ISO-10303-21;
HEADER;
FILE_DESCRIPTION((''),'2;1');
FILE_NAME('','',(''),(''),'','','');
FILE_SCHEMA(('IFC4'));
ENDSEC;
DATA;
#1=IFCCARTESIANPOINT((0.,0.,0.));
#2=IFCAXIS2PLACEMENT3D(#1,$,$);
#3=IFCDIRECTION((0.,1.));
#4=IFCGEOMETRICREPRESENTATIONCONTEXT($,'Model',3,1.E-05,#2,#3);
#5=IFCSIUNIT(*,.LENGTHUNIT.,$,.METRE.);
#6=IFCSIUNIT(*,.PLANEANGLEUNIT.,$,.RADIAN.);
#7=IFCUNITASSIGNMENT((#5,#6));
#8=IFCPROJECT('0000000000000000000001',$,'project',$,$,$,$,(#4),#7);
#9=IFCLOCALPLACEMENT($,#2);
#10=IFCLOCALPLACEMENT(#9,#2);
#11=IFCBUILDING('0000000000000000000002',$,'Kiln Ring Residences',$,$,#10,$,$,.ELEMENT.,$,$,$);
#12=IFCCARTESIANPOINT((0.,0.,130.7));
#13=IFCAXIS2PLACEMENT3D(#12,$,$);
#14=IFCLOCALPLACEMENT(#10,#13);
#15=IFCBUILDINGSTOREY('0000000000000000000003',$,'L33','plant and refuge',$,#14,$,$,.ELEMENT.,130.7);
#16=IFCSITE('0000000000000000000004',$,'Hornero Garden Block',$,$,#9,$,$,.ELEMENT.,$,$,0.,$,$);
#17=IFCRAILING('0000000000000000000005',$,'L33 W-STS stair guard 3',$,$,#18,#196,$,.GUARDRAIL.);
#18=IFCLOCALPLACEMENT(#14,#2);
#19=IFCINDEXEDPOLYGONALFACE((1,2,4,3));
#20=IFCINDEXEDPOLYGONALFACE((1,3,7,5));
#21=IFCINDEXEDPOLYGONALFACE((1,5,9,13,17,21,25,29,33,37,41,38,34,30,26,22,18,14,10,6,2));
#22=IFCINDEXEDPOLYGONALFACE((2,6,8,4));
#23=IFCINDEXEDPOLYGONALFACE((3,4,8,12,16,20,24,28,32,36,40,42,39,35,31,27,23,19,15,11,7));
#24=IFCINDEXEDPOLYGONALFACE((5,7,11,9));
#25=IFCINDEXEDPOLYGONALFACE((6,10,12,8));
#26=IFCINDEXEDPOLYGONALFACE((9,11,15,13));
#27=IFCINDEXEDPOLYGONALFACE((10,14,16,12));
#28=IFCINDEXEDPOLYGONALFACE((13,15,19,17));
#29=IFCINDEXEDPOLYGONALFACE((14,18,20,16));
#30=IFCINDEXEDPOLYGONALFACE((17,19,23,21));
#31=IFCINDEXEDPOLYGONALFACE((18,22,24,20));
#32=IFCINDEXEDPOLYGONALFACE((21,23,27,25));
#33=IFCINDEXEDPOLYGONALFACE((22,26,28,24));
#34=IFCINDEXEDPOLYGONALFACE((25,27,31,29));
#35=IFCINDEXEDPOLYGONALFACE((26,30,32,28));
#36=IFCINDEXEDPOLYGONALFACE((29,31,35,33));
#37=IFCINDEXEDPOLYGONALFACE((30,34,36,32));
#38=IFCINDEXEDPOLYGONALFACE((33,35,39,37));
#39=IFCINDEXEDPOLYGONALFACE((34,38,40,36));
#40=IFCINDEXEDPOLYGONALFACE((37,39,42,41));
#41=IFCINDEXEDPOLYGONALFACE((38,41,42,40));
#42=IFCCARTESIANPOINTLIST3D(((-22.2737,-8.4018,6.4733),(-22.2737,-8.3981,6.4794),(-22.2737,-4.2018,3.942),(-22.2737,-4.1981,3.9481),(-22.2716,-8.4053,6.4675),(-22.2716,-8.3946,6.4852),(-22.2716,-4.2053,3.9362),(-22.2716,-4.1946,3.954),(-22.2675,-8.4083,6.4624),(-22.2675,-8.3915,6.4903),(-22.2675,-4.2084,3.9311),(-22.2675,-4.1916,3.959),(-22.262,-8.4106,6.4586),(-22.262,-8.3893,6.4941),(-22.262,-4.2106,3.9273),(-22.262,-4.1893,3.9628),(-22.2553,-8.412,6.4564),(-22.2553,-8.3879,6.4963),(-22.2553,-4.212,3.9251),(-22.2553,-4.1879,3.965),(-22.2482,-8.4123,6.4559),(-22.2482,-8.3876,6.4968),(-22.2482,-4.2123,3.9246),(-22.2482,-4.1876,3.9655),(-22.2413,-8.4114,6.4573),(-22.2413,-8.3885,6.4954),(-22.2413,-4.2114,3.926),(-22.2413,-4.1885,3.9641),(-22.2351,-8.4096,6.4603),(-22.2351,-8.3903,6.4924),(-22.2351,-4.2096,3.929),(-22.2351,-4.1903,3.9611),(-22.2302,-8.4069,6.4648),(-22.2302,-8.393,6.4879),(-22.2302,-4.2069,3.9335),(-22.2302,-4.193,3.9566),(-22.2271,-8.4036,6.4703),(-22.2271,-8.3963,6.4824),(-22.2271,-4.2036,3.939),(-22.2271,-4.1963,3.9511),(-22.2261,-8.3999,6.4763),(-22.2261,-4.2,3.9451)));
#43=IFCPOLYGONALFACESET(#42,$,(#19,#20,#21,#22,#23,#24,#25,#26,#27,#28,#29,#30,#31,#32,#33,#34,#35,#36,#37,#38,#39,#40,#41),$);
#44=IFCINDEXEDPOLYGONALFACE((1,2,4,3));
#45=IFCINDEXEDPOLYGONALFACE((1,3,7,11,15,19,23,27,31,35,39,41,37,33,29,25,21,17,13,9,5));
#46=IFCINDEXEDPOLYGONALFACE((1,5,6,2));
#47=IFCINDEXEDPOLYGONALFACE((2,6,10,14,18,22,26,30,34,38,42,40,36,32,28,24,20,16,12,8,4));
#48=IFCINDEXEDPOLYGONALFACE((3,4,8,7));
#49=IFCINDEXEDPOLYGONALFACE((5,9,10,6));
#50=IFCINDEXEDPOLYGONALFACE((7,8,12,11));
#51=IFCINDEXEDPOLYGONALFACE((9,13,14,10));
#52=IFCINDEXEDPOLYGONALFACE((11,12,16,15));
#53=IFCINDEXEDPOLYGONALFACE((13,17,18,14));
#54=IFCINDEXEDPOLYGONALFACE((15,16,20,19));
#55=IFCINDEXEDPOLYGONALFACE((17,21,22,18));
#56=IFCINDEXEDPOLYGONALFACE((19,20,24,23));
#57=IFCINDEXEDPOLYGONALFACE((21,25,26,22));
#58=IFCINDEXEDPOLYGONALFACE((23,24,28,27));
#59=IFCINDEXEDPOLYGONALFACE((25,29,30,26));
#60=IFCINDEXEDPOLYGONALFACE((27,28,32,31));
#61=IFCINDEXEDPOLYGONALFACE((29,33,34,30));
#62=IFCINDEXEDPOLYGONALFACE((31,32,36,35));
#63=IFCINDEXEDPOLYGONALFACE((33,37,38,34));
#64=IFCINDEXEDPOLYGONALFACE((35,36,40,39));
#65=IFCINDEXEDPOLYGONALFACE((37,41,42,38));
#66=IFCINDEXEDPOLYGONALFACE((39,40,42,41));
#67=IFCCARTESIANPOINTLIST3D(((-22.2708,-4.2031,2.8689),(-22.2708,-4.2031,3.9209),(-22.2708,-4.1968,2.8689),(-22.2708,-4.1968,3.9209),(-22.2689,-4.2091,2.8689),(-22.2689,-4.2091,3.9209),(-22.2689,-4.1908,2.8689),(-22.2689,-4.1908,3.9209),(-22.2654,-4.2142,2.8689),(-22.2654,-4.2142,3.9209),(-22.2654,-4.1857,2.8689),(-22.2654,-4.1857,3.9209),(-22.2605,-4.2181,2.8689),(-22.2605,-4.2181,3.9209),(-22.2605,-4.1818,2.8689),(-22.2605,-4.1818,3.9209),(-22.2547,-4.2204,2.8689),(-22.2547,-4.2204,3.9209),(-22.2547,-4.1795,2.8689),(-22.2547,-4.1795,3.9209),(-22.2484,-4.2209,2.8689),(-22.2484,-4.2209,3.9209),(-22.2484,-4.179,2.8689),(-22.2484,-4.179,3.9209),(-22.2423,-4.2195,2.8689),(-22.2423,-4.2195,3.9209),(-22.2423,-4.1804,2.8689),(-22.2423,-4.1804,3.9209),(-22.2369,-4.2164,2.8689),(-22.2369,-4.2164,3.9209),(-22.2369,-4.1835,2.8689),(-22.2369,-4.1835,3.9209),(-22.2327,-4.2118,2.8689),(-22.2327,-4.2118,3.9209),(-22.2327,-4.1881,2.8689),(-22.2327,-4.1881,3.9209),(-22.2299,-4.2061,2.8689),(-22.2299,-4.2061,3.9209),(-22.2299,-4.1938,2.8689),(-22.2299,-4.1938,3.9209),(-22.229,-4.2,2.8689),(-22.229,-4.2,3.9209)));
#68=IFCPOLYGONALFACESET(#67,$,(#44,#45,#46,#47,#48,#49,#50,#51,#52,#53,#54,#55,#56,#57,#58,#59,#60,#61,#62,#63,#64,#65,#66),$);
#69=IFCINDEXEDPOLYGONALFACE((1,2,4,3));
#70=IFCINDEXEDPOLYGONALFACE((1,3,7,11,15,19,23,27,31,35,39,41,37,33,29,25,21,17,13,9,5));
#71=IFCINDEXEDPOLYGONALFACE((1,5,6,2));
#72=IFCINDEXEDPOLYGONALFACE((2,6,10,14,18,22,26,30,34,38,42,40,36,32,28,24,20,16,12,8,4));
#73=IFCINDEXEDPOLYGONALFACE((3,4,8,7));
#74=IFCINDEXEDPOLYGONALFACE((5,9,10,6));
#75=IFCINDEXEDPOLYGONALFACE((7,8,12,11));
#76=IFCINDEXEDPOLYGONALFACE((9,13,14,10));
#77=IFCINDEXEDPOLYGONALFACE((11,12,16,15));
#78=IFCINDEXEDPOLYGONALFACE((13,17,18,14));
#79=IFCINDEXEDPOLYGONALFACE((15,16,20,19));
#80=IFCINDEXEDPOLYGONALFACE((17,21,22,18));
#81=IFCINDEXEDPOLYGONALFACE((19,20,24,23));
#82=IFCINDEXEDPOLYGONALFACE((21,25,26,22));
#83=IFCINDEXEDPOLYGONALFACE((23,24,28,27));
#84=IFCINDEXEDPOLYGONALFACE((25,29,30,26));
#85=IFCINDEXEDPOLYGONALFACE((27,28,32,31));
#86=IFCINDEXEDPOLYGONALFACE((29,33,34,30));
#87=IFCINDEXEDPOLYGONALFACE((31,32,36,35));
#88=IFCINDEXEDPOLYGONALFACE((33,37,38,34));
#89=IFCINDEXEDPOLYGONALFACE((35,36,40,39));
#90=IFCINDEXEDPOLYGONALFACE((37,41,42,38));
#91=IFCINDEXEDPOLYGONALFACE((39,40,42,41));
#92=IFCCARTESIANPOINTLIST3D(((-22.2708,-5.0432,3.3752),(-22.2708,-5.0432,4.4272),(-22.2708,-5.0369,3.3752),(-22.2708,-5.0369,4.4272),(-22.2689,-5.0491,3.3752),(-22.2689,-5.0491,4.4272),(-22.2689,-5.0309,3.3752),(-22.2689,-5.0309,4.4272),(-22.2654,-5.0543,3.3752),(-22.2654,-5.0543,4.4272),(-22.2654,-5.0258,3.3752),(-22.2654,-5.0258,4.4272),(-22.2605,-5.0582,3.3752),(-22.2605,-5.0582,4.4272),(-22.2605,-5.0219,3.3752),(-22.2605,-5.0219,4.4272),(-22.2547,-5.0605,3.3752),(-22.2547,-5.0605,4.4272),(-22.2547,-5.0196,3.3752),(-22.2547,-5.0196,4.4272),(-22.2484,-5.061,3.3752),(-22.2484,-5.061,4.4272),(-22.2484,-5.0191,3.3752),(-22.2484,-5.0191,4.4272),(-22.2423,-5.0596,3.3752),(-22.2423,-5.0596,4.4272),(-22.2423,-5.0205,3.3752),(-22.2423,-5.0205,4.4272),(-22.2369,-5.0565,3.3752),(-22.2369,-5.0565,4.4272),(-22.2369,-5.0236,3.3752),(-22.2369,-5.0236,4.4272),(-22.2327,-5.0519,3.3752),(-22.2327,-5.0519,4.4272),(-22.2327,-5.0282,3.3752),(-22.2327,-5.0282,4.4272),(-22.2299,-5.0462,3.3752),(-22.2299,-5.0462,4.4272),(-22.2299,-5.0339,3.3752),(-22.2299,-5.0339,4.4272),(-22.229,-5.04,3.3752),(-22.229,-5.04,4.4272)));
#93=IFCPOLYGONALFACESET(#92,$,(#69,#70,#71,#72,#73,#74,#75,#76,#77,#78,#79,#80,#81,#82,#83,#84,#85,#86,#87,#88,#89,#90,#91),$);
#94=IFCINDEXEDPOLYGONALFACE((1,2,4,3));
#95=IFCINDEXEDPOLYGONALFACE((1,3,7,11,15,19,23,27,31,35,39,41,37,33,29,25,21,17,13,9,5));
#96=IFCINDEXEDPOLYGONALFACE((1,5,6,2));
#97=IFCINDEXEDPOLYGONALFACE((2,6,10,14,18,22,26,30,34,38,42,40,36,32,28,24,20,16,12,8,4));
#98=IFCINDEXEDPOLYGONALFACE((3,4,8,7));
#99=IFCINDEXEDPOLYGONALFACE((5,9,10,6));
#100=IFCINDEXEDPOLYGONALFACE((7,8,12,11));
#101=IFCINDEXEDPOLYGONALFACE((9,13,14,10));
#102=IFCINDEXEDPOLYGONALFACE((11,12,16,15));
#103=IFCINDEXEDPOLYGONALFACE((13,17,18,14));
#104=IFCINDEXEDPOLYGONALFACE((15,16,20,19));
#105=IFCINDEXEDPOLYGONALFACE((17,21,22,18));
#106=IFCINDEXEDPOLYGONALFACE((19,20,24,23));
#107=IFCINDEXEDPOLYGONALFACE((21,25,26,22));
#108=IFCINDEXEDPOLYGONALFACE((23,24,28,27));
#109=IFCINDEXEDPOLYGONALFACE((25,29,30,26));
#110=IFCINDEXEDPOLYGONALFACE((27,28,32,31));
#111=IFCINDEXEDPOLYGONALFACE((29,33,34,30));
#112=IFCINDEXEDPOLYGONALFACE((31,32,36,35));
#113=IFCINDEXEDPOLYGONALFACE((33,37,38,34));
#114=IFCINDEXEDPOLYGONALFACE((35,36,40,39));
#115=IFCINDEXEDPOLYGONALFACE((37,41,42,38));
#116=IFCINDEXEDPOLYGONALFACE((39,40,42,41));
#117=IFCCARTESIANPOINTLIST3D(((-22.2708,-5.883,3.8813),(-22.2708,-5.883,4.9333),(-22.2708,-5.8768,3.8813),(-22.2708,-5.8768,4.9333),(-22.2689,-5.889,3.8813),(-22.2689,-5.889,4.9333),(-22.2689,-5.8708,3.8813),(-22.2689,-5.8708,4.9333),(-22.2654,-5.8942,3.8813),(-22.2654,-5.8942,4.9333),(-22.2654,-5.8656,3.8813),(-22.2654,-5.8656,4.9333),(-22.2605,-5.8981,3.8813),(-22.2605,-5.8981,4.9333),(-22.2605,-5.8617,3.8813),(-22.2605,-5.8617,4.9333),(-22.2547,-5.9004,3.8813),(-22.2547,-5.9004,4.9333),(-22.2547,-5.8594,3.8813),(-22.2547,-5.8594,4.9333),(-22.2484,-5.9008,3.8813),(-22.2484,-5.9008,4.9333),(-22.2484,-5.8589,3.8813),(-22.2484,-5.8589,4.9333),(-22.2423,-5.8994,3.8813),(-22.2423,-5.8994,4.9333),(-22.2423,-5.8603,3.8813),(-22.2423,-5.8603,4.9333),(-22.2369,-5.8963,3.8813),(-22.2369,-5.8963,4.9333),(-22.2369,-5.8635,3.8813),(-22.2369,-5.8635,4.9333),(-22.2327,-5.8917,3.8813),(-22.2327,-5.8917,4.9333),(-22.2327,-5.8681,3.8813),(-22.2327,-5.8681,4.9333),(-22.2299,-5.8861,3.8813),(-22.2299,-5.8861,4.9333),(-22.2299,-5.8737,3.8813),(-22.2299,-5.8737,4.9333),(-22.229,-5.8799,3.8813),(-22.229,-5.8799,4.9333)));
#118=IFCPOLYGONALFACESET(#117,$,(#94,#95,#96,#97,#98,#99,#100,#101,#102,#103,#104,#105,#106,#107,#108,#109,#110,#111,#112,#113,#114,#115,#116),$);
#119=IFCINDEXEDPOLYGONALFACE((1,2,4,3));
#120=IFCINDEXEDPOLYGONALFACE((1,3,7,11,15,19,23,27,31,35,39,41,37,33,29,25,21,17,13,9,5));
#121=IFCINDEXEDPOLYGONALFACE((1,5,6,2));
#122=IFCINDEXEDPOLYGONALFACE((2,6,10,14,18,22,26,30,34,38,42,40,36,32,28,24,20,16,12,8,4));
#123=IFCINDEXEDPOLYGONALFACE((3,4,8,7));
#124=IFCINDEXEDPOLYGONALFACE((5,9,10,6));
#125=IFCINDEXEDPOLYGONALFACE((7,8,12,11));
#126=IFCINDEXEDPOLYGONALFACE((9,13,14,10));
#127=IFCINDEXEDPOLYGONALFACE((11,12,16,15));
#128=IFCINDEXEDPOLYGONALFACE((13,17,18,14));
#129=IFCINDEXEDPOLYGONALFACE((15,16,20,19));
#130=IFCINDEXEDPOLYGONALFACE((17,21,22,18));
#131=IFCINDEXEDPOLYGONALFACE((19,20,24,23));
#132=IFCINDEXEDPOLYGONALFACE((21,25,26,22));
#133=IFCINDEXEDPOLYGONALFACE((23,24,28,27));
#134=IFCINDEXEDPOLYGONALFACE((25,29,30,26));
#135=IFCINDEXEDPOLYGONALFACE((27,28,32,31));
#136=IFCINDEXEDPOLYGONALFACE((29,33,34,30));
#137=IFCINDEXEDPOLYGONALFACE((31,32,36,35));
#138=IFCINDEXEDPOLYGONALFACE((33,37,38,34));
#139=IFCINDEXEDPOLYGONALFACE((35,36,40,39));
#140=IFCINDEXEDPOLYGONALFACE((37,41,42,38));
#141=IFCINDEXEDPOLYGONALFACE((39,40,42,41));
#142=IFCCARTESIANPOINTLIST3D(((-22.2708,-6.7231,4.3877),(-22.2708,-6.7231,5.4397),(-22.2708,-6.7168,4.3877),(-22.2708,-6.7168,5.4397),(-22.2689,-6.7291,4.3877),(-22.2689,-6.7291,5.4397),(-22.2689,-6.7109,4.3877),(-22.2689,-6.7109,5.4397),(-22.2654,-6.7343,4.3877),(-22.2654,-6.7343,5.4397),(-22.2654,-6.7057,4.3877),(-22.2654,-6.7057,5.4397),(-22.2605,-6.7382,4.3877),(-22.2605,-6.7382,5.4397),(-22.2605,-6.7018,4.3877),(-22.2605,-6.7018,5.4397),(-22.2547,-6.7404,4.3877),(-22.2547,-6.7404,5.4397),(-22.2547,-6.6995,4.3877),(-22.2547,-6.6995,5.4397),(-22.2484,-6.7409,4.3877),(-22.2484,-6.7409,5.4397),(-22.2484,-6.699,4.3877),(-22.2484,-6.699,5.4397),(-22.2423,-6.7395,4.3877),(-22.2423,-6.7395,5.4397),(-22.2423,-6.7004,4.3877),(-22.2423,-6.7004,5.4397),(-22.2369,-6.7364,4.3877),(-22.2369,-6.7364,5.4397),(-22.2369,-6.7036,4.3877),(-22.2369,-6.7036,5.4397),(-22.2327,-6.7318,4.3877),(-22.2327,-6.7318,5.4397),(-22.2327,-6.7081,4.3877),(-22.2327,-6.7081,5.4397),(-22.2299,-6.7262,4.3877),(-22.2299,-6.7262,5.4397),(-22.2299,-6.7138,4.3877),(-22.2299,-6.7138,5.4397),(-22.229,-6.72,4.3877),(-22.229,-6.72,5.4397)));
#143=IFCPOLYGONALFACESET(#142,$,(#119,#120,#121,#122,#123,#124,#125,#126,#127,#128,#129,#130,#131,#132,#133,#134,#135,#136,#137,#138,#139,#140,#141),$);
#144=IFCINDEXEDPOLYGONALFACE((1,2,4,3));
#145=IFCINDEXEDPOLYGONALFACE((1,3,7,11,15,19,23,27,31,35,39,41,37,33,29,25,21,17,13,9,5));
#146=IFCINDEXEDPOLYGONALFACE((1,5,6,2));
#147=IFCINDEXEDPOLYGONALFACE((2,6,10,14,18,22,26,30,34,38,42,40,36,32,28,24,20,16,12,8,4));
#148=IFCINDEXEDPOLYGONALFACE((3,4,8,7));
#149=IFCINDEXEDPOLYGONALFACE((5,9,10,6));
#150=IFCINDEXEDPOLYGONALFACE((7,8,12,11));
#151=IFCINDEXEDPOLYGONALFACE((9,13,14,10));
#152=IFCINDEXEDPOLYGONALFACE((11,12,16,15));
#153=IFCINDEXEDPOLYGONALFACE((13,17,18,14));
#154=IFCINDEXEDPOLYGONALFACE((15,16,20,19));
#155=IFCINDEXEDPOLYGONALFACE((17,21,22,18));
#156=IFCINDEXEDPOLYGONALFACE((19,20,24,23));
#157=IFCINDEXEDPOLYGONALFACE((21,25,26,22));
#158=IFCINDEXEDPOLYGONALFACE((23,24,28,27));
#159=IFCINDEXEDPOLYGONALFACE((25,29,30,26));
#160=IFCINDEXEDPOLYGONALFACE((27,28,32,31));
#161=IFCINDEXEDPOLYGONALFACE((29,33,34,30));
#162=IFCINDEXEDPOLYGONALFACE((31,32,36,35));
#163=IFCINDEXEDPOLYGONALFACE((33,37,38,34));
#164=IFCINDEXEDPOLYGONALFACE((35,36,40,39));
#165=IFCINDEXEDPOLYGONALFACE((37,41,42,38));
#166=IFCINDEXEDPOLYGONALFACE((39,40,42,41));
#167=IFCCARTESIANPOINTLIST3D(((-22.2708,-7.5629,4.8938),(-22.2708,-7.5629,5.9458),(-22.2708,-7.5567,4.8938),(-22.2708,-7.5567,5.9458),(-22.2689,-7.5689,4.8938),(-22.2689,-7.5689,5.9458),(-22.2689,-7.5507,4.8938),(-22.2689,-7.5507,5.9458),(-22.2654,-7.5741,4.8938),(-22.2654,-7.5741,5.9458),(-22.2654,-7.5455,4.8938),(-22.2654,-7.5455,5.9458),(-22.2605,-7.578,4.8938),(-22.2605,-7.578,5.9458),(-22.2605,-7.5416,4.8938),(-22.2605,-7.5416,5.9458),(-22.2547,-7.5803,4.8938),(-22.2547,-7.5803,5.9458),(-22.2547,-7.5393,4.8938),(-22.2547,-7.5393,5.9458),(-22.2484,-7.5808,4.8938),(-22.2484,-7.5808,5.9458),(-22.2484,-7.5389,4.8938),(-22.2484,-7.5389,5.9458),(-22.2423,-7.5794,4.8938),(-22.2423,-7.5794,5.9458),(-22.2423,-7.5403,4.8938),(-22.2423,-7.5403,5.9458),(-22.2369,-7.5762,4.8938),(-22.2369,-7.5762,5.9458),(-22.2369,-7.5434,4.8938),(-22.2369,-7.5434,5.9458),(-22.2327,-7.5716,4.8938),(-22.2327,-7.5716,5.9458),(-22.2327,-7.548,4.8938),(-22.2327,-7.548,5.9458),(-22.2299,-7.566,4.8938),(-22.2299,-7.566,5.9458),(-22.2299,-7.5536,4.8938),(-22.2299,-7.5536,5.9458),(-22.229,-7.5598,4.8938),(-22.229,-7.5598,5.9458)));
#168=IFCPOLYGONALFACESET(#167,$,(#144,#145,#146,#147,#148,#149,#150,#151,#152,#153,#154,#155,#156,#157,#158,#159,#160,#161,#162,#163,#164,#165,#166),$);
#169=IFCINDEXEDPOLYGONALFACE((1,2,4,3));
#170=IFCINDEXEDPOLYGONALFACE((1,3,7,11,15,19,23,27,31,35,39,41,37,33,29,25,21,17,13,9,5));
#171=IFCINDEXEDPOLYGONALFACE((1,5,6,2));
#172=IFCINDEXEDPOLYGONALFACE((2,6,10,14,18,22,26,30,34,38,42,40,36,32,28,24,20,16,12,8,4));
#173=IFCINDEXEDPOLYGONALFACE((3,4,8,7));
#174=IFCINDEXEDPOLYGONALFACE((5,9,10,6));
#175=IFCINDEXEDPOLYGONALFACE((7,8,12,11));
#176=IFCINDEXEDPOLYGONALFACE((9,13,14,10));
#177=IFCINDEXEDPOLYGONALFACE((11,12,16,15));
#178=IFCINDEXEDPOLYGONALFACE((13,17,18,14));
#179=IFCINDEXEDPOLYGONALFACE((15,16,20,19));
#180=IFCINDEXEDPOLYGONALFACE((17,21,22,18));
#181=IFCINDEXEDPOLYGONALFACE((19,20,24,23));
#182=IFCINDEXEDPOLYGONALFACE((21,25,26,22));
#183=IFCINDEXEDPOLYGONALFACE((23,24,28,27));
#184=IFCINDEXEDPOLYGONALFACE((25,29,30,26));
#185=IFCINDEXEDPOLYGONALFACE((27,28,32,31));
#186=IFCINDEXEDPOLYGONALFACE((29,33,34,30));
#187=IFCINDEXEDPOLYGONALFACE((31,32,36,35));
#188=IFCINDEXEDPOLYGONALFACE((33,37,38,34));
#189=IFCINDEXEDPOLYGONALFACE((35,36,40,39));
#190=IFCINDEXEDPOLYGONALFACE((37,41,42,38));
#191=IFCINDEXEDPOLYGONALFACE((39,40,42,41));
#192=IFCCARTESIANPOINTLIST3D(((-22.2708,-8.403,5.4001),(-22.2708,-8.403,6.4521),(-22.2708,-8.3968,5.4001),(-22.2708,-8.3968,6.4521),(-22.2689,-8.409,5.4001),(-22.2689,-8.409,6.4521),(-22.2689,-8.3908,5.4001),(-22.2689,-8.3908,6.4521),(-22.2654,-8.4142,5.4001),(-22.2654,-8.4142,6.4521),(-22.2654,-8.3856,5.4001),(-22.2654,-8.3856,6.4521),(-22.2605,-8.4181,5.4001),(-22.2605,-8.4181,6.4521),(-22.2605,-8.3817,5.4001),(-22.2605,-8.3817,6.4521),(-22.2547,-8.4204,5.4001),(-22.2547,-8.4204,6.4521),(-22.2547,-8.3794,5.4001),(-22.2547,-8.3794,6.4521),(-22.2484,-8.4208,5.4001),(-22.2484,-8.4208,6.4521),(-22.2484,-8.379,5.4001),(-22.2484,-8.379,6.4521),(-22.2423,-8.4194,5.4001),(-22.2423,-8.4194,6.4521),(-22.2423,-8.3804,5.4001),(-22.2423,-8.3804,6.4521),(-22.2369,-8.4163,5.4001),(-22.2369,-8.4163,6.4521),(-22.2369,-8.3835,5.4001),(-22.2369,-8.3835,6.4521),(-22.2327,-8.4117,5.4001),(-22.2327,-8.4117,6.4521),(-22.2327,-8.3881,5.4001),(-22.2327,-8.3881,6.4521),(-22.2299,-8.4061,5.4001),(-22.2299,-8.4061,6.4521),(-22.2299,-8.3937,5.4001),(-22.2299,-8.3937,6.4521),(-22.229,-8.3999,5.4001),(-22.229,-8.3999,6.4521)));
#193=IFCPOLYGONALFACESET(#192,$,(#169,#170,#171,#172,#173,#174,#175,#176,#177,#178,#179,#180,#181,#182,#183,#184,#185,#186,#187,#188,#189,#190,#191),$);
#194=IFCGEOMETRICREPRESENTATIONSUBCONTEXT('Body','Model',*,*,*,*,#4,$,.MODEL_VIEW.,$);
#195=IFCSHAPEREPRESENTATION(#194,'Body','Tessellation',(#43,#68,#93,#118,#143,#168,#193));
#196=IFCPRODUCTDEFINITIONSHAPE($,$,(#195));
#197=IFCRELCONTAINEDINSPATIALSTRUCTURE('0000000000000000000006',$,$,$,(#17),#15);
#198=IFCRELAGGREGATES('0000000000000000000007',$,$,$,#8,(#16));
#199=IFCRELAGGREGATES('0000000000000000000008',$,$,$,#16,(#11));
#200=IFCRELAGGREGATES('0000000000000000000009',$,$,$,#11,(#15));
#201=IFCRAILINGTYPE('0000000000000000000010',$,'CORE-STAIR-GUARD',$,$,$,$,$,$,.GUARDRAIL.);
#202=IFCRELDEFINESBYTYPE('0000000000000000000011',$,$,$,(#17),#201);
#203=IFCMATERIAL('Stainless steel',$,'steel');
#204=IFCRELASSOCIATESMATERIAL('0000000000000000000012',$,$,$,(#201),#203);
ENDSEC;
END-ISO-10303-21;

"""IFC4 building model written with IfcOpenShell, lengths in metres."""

from ifc_helpers import new_model, si_unit, direction, frame, origin, origin_2d, place, context, subcontext, project, spatial, circle, extrude, material, type_object, element, save


model = new_model("IFC4")

# Units and contexts
model_context = context("Model", 3, precision=1e-05, world=origin(), true_north=direction((0.0, 1.0)))
body_context = subcontext(model_context, "Body", "Model", "MODEL_VIEW")
ifc_project = project(units=[si_unit("LENGTHUNIT", "METRE"), si_unit("PLANEANGLEUNIT", "RADIAN")], contexts=[model_context])

# Site, building, storey
site_placement = place(None, origin())
site = spatial("IfcSite", under=ifc_project, at=site_placement, Name="Hornero Garden Block", CompositionType="ELEMENT", RefElevation=0.0)
building_placement = place(site_placement, origin())
building = spatial("IfcBuilding", under=site, at=building_placement, Name="Kiln Ring Residences", CompositionType="ELEMENT")
storey_placement = place(building_placement, frame((0.0, 0.0, 130.7)))
storey = spatial("IfcBuildingStorey", under=building, at=storey_placement, Name="L33", Description="plant and refuge", CompositionType="ELEMENT", Elevation=130.7)

# Railing
ifc_material_1 = material(Name="Stainless steel", Category="steel")
railing_type_1 = type_object("IfcRailingType", Name="CORE-STAIR-GUARD", PredefinedType="GUARDRAIL", material=ifc_material_1)
railing_1_placement = place(storey_placement, frame((-22.25, -4.2, 2.8689)))
element("IfcRailing", 1, at=railing_1_placement, inside=storey, type_object=railing_type_1, Name="L33 W-STS stair guard 3", PredefinedType="GUARDRAIL", context=body_context, shape_type="SweptSolid", body=[
    extrude(circle(Radius=0.0239, at=origin_2d()), frame((0.0, 0.0, 1.0762), z_axis=(0.0, -0.856476, 0.516186), x_axis=(1.0, 0.0, 0.0)), (0.0, 0.0, 1.0), 4.9038),
    extrude(circle(Radius=0.021, at=origin_2d()), origin(), (0.0, 0.0, 1.0), 1.052),
    extrude(circle(Radius=0.021, at=origin_2d()), frame((0.0, -0.8401, 0.5063)), (0.0, 0.0, 1.0), 1.052),
    extrude(circle(Radius=0.021, at=origin_2d()), frame((0.0, -1.6799, 1.0125)), (0.0, 0.0, 1.0), 1.052),
    extrude(circle(Radius=0.021, at=origin_2d()), frame((0.0, -2.52, 1.5188)), (0.0, 0.0, 1.0), 1.052),
    extrude(circle(Radius=0.021, at=origin_2d()), frame((0.0, -3.3599, 2.0249)), (0.0, 0.0, 1.0), 1.052),
    extrude(circle(Radius=0.021, at=origin_2d()), frame((0.0, -4.2, 2.5312)), (0.0, 0.0, 1.0), 1.052),
])

save(model, "model.ifc")
